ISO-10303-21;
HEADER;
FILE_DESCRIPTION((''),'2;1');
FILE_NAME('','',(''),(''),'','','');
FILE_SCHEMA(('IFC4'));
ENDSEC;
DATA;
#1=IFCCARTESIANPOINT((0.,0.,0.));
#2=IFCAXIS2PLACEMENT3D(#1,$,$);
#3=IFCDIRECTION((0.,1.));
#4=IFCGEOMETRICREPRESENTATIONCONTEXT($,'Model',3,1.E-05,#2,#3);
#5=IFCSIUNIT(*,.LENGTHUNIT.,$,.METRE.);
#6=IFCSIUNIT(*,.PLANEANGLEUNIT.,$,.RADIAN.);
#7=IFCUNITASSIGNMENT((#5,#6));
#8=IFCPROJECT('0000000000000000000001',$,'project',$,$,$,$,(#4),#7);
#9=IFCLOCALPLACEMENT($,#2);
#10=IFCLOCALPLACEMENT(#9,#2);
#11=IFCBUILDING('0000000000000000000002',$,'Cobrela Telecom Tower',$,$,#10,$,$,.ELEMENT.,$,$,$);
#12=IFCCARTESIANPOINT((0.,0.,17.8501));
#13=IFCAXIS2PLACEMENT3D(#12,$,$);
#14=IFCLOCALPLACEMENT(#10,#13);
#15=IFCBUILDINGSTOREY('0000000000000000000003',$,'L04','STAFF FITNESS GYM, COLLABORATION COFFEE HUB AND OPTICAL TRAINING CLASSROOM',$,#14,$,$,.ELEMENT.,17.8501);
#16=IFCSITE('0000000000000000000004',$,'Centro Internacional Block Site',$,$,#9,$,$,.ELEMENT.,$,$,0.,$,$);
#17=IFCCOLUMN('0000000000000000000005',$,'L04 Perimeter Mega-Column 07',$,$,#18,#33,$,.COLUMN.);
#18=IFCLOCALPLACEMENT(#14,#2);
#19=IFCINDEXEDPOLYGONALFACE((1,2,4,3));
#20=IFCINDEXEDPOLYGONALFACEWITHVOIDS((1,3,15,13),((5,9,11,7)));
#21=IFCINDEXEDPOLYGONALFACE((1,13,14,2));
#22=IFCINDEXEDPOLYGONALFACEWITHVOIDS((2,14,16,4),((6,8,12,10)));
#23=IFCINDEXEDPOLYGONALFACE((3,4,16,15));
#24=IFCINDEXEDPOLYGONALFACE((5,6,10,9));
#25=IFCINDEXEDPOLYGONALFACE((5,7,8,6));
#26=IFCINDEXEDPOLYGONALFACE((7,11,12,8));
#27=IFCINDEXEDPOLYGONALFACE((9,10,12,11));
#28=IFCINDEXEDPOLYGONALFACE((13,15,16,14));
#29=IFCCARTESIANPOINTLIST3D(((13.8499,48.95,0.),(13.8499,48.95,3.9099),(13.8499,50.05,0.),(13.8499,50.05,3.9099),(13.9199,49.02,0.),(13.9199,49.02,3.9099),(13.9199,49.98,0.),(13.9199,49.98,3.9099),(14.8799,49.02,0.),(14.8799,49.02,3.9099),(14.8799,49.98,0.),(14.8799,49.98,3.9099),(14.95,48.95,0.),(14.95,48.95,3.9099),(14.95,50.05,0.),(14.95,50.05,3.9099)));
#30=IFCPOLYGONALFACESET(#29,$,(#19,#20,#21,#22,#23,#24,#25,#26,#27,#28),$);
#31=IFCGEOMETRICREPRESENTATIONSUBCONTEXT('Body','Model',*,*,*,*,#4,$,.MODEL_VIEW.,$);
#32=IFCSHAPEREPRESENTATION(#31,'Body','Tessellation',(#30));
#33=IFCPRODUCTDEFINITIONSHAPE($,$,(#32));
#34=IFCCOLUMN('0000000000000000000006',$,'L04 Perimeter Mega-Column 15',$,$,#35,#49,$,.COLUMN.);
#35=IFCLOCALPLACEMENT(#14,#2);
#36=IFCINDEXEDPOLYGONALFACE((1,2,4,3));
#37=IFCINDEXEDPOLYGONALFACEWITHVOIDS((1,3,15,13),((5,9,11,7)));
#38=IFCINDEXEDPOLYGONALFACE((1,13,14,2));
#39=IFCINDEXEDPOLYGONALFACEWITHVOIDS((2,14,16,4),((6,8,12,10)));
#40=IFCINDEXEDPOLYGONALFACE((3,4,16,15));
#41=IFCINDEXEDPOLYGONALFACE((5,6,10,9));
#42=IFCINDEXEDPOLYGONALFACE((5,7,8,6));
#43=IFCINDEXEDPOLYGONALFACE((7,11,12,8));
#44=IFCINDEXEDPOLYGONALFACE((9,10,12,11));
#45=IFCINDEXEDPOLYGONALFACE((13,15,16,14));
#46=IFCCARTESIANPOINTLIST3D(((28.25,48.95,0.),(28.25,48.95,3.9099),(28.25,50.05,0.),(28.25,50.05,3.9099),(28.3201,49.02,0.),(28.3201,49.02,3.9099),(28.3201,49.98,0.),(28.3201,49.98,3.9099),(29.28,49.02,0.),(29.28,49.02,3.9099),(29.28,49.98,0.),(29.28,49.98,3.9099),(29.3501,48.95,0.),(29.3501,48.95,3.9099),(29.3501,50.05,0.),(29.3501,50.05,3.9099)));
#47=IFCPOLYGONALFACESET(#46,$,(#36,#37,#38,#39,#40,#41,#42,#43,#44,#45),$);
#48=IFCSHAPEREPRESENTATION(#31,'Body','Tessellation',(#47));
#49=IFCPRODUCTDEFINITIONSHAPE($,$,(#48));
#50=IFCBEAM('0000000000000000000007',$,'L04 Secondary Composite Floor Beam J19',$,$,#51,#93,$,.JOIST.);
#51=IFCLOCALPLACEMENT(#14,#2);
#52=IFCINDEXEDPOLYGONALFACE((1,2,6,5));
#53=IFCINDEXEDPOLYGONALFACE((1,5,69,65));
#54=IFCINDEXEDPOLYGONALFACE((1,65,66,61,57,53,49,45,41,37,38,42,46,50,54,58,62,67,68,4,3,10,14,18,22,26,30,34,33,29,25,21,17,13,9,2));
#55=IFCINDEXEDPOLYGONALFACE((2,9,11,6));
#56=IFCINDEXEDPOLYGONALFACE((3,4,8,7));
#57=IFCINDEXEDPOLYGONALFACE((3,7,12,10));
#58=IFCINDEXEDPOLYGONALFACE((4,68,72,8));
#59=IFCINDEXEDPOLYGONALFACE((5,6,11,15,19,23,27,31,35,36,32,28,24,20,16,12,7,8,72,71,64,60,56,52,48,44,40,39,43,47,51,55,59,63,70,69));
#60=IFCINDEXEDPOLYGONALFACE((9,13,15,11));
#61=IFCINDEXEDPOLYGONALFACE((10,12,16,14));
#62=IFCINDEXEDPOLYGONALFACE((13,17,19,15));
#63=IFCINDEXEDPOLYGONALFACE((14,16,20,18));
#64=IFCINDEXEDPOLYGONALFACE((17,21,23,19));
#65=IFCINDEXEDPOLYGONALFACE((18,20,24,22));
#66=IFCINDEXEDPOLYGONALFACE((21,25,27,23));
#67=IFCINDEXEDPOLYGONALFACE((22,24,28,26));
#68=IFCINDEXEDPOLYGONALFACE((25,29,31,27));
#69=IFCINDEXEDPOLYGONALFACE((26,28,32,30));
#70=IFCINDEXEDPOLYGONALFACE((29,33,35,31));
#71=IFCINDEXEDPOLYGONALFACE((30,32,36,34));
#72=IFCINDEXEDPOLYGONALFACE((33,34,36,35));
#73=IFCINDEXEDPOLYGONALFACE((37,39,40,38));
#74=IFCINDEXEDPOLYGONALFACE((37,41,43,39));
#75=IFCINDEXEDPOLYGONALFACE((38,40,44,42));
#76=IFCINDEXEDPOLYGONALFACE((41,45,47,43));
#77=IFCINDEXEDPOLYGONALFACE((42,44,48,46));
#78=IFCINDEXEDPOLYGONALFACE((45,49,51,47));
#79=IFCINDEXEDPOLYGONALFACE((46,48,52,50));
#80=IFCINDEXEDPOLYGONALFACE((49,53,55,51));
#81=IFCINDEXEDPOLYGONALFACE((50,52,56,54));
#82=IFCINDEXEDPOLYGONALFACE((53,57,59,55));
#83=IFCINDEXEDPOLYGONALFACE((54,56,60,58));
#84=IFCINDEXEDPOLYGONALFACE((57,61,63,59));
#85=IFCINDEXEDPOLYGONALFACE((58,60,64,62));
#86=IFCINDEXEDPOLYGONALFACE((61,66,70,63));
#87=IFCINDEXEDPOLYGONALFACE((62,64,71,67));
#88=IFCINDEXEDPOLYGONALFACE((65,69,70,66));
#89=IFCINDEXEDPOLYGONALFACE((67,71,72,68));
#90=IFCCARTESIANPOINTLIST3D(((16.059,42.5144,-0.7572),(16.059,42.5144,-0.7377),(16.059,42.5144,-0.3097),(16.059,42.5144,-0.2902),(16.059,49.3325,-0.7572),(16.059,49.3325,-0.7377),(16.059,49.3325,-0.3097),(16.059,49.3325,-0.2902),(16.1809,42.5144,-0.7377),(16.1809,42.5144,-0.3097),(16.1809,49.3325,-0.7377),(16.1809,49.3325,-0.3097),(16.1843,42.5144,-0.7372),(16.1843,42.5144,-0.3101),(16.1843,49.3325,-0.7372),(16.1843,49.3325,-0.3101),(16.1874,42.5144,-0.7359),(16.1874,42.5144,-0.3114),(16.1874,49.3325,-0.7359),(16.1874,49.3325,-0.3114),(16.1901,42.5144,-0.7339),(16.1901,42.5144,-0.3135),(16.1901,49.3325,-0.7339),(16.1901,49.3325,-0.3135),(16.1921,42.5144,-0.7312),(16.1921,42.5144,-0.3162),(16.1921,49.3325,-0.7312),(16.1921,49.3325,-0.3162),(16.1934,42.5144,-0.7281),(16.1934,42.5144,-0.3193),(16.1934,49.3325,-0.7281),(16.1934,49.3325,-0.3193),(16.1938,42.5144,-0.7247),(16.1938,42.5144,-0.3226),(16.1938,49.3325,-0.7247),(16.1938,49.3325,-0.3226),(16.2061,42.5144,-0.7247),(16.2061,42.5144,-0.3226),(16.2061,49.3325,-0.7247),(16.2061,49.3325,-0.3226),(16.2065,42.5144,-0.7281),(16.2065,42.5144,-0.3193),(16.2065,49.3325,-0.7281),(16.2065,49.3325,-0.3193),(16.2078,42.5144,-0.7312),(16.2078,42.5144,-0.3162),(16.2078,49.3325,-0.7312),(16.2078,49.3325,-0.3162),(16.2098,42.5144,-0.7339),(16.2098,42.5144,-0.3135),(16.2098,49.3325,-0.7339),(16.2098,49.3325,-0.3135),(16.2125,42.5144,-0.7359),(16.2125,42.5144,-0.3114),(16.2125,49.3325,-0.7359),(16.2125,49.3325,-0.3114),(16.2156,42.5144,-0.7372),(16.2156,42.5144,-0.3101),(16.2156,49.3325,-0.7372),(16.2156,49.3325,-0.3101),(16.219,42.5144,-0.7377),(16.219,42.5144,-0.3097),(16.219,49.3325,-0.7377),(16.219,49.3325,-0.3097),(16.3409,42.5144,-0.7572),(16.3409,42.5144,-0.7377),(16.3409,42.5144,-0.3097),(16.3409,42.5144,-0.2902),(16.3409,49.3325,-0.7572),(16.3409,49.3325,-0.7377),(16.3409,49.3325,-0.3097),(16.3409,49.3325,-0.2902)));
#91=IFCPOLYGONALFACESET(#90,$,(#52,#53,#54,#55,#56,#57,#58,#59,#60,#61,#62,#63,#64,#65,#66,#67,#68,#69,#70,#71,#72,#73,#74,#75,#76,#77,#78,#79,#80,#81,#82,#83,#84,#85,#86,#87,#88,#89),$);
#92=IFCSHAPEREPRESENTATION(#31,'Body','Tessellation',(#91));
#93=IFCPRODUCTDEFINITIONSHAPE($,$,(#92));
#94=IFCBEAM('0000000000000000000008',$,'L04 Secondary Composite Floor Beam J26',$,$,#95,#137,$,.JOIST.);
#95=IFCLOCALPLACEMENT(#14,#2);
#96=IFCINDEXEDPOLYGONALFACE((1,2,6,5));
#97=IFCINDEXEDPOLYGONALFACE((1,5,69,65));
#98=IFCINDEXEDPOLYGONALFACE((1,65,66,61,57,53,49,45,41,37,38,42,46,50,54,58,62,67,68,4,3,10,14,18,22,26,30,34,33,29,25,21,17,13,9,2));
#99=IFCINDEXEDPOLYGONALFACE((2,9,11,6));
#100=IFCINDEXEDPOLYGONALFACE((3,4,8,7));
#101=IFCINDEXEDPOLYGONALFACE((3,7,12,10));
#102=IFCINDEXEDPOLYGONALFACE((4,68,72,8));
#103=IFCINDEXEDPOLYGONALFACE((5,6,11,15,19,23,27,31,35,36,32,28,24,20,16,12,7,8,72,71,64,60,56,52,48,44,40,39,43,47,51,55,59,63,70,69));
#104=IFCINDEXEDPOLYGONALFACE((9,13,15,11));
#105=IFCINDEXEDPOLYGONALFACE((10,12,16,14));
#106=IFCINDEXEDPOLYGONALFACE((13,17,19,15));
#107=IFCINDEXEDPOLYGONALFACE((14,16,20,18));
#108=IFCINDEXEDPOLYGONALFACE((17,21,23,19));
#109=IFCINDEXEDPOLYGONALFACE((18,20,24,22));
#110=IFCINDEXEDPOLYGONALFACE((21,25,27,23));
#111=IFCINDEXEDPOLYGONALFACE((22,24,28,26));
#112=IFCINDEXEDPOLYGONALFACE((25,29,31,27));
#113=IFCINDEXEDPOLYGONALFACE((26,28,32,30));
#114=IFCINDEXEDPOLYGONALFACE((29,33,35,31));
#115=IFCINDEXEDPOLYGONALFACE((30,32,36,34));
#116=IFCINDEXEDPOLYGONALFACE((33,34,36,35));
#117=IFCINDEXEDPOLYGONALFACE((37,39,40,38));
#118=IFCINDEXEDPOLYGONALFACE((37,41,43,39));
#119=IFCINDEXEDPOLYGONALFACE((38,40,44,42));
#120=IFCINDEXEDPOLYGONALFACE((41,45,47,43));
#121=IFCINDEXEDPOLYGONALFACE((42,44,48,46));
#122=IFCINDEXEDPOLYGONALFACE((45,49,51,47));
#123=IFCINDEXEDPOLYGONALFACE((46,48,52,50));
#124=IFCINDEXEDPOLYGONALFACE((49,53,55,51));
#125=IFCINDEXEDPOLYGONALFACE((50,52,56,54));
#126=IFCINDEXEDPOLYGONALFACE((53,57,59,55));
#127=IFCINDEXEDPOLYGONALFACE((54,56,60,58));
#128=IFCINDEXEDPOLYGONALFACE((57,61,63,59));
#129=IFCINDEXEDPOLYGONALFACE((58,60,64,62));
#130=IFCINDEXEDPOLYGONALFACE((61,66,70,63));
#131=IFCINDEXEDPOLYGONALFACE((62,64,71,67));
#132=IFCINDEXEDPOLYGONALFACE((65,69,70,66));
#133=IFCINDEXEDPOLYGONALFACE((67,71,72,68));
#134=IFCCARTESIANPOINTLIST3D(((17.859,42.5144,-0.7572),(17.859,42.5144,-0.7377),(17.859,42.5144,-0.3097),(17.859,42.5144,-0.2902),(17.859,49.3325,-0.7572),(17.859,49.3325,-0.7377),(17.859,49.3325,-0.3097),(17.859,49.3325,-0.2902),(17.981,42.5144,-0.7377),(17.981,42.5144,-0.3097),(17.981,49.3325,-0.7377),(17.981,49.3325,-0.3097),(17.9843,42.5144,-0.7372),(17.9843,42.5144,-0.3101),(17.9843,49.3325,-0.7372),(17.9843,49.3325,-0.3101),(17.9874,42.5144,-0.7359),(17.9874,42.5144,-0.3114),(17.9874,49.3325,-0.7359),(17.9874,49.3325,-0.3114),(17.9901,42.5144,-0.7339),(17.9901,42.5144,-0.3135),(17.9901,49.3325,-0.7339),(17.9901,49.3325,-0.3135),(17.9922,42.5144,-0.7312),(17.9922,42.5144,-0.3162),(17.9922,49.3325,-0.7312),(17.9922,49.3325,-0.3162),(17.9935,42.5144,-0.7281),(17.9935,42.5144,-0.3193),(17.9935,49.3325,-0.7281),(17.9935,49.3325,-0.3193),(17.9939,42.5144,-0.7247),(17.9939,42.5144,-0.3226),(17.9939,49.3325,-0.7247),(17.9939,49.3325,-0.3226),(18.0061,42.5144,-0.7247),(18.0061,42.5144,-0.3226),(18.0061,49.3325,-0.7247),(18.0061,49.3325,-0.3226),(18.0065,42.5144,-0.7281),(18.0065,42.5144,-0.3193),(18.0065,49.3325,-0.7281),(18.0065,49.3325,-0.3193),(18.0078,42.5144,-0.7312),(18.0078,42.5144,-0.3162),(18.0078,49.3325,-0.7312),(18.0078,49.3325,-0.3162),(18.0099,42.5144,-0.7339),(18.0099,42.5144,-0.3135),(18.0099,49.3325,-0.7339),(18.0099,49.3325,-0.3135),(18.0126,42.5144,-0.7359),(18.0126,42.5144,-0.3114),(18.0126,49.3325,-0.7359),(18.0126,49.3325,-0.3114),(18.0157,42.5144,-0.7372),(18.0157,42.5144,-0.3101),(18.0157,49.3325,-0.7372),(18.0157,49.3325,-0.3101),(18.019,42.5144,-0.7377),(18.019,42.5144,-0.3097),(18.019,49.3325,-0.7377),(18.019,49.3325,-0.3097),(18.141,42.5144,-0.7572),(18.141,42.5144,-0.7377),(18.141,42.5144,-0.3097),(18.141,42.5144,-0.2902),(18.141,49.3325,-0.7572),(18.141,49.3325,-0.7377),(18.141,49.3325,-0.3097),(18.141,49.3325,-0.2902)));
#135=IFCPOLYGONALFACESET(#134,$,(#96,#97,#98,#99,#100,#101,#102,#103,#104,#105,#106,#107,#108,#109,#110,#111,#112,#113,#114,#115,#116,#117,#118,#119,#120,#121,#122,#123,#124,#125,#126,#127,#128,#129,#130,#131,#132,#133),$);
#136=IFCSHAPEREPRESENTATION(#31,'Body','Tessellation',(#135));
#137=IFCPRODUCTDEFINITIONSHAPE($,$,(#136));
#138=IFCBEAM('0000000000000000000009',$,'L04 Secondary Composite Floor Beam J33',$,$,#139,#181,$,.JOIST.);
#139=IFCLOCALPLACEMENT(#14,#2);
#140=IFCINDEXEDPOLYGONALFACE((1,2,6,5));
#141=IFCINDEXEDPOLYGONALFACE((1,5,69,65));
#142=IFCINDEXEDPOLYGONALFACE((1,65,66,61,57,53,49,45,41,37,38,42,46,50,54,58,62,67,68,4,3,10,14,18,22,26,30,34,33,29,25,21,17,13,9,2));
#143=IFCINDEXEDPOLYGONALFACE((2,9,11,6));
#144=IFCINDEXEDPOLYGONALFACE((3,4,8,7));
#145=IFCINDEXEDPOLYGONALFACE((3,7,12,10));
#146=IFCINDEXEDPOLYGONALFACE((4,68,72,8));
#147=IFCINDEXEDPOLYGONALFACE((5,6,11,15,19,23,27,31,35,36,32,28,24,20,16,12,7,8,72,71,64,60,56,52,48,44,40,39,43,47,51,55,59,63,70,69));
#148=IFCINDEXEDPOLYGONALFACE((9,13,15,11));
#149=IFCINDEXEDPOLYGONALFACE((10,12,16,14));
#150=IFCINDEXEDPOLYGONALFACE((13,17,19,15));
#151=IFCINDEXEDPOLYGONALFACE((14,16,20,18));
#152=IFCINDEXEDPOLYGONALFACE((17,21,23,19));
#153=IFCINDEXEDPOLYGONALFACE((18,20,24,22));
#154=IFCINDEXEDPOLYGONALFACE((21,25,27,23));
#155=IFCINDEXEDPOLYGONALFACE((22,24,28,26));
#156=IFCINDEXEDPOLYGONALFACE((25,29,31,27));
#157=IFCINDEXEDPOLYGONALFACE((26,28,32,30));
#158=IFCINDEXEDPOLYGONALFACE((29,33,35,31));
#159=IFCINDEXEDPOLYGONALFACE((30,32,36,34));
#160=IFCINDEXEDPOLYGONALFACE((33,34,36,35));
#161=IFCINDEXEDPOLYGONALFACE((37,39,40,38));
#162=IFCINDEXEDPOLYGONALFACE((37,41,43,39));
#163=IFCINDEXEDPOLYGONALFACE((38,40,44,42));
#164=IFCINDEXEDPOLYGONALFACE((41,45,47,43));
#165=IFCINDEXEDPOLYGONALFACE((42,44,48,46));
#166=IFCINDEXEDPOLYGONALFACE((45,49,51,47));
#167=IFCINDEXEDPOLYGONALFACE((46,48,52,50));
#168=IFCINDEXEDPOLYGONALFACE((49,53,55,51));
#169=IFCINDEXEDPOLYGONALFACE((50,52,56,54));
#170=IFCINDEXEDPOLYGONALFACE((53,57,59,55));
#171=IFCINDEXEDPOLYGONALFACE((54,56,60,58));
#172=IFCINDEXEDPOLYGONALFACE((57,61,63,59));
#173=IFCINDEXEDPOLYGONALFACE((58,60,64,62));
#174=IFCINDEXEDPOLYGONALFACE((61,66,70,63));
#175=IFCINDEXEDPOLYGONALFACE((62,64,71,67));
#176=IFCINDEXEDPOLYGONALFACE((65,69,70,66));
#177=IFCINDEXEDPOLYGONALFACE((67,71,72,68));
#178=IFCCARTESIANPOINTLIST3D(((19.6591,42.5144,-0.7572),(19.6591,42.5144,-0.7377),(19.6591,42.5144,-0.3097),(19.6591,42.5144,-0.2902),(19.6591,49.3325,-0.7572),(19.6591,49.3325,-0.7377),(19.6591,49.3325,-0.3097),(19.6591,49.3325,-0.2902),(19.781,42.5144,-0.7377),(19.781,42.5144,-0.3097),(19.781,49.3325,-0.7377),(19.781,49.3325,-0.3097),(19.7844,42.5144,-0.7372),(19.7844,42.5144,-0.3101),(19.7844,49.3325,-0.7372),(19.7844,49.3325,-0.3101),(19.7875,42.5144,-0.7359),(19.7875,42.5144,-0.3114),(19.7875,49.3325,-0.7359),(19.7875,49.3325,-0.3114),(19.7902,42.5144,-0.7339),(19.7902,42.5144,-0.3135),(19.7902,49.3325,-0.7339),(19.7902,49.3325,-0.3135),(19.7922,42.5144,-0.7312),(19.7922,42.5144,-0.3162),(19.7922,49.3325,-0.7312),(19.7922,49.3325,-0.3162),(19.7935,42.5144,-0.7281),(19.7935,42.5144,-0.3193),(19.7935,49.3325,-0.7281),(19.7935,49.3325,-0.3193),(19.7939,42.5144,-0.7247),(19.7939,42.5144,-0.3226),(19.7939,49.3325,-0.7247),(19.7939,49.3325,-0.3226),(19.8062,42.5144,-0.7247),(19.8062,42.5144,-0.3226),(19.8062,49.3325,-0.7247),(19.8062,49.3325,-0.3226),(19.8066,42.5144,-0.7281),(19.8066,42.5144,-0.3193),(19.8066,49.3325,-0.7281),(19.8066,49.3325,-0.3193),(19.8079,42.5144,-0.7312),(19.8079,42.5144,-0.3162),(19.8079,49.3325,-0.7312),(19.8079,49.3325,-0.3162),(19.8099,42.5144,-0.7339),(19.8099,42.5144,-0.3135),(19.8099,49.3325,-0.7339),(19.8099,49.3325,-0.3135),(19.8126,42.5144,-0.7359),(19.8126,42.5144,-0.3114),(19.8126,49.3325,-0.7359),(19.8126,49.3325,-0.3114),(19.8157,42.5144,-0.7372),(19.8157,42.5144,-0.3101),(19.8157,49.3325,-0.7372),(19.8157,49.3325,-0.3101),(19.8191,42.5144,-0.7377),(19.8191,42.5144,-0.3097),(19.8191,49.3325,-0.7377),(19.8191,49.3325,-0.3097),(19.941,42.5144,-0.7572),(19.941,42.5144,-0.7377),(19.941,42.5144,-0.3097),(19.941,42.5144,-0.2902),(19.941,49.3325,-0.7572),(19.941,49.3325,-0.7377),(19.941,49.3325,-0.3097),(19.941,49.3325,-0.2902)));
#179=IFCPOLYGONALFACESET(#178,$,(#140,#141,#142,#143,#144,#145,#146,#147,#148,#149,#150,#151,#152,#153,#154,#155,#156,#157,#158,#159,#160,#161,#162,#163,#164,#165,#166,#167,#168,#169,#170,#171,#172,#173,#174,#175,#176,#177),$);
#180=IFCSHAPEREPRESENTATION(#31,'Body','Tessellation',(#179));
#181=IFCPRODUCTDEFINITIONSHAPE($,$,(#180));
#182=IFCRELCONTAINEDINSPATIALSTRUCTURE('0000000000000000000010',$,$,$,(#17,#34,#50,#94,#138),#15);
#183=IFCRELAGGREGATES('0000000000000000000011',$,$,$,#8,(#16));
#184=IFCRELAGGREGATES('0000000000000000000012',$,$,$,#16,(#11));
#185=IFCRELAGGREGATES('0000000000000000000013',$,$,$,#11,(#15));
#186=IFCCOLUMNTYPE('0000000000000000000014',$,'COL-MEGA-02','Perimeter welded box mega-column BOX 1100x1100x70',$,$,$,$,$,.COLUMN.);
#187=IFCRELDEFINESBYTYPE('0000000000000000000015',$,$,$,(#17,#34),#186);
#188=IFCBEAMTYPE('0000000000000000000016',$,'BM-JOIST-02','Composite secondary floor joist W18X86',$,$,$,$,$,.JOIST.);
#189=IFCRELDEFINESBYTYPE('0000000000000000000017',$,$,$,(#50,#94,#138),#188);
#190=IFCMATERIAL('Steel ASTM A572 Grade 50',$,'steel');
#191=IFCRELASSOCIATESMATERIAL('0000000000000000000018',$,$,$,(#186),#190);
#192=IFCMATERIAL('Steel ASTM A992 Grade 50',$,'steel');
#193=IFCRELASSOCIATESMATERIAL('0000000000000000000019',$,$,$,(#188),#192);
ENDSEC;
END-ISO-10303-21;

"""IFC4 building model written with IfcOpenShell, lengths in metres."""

from ifc_helpers import new_model, si_unit, direction, frame, origin, origin_2d, place, context, subcontext, project, spatial, hollow_rectangle, i_section, extrude, material, material_profile, profile_set, type_object, element, save


model = new_model("IFC4")

# Units and contexts
model_context = context("Model", 3, precision=1e-05, world=origin(), true_north=direction((0.0, 1.0)))
body_context = subcontext(model_context, "Body", "Model", "MODEL_VIEW")
ifc_project = project(units=[si_unit("LENGTHUNIT", "METRE"), si_unit("PLANEANGLEUNIT", "RADIAN")], contexts=[model_context])

# Site, building, storey
site_placement = place(None, origin())
site = spatial("IfcSite", under=ifc_project, at=site_placement, Name="Centro Internacional Block Site", CompositionType="ELEMENT", RefElevation=0.0)
building_placement = place(site_placement, origin())
building = spatial("IfcBuilding", under=site, at=building_placement, Name="Cobrela Telecom Tower", CompositionType="ELEMENT")
storey_placement = place(building_placement, frame((0.0, 0.0, 17.8501)))
storey = spatial("IfcBuildingStorey", under=building, at=storey_placement, Name="L04", Description="STAFF FITNESS GYM, COLLABORATION COFFEE HUB AND OPTICAL TRAINING CLASSROOM", CompositionType="ELEMENT", Elevation=17.8501)

# Columns
ifc_material_1 = material(Name="Steel ASTM A572 Grade 50", Category="steel")
ifc_material_profile_1 = material_profile(ifc_material_1, hollow_rectangle(XDim=1.1001, YDim=1.1001, WallThickness=0.0701, at=origin_2d()), Name="BOX 1100x1100x70")
ifc_profile_set_1 = profile_set([ifc_material_profile_1], Name="Steel ASTM A572 Grade 50")
column_type = type_object("IfcColumnType", Name="COL-MEGA-02", Description="Perimeter welded box mega-column BOX 1100x1100x70", PredefinedType="COLUMN", material=ifc_profile_set_1)
for number, where, z_axis, x_axis, name in (
    (1, (14.3999, 49.5, 0.0), (0.0, 0.0, 1.0), (1.0, 0.0, 0.0), "L04 Perimeter Mega-Column 07"),
    (2, (28.8, 49.5, 0.0), (0.0, 0.0, 1.0), (1.0, 0.0, 0.0), "L04 Perimeter Mega-Column 15"),
):
    element("IfcColumn", number, at=place(storey_placement, frame(where, z_axis=z_axis, x_axis=x_axis)), inside=storey, type_object=column_type, Name=name, PredefinedType="COLUMN", context=body_context, shape_type="SweptSolid", body=[
        extrude(hollow_rectangle(XDim=1.1001, YDim=1.1001, WallThickness=0.0701, at=origin_2d()), origin(), (0.0, 0.0, 1.0), 3.9099),
    ])

# Beams
ifc_material_2 = material(Name="Steel ASTM A992 Grade 50", Category="steel")
ifc_material_profile_2 = material_profile(ifc_material_2, i_section(OverallWidth=0.282, OverallDepth=0.467, WebThickness=0.0122, FlangeThickness=0.0195, FilletRadius=0.0129, at=origin_2d()), Name="W18X86")
ifc_profile_set_2 = profile_set([ifc_material_profile_2], Name="Steel ASTM A992 Grade 50")
beam_type_1 = type_object("IfcBeamType", Name="BM-JOIST-02", Description="Composite secondary floor joist W18X86", PredefinedType="JOIST", material=ifc_profile_set_2)
for number, where, z_axis, x_axis, name in (
    (3, (16.2, 42.5144, -0.5237), (0.0, 1.0, 0.0), (-1.0, 0.0, 0.0), "L04 Secondary Composite Floor Beam J19"),
    (4, (18.0, 42.5144, -0.5237), (0.0, 1.0, 0.0), (-1.0, 0.0, 0.0), "L04 Secondary Composite Floor Beam J26"),
    (5, (19.8, 42.5144, -0.5237), (0.0, 1.0, 0.0), (-1.0, 0.0, 0.0), "L04 Secondary Composite Floor Beam J33"),
):
    element("IfcBeam", number, at=place(storey_placement, frame(where, z_axis=z_axis, x_axis=x_axis)), inside=storey, type_object=beam_type_1, Name=name, PredefinedType="JOIST", context=body_context, shape_type="SweptSolid", body=[
        extrude(i_section(OverallWidth=0.282, OverallDepth=0.467, WebThickness=0.0122, FlangeThickness=0.0195, FilletRadius=0.0129, at=origin_2d()), origin(), (0.0, 0.0, 1.0), 6.8181),
    ])

save(model, "model.ifc")
